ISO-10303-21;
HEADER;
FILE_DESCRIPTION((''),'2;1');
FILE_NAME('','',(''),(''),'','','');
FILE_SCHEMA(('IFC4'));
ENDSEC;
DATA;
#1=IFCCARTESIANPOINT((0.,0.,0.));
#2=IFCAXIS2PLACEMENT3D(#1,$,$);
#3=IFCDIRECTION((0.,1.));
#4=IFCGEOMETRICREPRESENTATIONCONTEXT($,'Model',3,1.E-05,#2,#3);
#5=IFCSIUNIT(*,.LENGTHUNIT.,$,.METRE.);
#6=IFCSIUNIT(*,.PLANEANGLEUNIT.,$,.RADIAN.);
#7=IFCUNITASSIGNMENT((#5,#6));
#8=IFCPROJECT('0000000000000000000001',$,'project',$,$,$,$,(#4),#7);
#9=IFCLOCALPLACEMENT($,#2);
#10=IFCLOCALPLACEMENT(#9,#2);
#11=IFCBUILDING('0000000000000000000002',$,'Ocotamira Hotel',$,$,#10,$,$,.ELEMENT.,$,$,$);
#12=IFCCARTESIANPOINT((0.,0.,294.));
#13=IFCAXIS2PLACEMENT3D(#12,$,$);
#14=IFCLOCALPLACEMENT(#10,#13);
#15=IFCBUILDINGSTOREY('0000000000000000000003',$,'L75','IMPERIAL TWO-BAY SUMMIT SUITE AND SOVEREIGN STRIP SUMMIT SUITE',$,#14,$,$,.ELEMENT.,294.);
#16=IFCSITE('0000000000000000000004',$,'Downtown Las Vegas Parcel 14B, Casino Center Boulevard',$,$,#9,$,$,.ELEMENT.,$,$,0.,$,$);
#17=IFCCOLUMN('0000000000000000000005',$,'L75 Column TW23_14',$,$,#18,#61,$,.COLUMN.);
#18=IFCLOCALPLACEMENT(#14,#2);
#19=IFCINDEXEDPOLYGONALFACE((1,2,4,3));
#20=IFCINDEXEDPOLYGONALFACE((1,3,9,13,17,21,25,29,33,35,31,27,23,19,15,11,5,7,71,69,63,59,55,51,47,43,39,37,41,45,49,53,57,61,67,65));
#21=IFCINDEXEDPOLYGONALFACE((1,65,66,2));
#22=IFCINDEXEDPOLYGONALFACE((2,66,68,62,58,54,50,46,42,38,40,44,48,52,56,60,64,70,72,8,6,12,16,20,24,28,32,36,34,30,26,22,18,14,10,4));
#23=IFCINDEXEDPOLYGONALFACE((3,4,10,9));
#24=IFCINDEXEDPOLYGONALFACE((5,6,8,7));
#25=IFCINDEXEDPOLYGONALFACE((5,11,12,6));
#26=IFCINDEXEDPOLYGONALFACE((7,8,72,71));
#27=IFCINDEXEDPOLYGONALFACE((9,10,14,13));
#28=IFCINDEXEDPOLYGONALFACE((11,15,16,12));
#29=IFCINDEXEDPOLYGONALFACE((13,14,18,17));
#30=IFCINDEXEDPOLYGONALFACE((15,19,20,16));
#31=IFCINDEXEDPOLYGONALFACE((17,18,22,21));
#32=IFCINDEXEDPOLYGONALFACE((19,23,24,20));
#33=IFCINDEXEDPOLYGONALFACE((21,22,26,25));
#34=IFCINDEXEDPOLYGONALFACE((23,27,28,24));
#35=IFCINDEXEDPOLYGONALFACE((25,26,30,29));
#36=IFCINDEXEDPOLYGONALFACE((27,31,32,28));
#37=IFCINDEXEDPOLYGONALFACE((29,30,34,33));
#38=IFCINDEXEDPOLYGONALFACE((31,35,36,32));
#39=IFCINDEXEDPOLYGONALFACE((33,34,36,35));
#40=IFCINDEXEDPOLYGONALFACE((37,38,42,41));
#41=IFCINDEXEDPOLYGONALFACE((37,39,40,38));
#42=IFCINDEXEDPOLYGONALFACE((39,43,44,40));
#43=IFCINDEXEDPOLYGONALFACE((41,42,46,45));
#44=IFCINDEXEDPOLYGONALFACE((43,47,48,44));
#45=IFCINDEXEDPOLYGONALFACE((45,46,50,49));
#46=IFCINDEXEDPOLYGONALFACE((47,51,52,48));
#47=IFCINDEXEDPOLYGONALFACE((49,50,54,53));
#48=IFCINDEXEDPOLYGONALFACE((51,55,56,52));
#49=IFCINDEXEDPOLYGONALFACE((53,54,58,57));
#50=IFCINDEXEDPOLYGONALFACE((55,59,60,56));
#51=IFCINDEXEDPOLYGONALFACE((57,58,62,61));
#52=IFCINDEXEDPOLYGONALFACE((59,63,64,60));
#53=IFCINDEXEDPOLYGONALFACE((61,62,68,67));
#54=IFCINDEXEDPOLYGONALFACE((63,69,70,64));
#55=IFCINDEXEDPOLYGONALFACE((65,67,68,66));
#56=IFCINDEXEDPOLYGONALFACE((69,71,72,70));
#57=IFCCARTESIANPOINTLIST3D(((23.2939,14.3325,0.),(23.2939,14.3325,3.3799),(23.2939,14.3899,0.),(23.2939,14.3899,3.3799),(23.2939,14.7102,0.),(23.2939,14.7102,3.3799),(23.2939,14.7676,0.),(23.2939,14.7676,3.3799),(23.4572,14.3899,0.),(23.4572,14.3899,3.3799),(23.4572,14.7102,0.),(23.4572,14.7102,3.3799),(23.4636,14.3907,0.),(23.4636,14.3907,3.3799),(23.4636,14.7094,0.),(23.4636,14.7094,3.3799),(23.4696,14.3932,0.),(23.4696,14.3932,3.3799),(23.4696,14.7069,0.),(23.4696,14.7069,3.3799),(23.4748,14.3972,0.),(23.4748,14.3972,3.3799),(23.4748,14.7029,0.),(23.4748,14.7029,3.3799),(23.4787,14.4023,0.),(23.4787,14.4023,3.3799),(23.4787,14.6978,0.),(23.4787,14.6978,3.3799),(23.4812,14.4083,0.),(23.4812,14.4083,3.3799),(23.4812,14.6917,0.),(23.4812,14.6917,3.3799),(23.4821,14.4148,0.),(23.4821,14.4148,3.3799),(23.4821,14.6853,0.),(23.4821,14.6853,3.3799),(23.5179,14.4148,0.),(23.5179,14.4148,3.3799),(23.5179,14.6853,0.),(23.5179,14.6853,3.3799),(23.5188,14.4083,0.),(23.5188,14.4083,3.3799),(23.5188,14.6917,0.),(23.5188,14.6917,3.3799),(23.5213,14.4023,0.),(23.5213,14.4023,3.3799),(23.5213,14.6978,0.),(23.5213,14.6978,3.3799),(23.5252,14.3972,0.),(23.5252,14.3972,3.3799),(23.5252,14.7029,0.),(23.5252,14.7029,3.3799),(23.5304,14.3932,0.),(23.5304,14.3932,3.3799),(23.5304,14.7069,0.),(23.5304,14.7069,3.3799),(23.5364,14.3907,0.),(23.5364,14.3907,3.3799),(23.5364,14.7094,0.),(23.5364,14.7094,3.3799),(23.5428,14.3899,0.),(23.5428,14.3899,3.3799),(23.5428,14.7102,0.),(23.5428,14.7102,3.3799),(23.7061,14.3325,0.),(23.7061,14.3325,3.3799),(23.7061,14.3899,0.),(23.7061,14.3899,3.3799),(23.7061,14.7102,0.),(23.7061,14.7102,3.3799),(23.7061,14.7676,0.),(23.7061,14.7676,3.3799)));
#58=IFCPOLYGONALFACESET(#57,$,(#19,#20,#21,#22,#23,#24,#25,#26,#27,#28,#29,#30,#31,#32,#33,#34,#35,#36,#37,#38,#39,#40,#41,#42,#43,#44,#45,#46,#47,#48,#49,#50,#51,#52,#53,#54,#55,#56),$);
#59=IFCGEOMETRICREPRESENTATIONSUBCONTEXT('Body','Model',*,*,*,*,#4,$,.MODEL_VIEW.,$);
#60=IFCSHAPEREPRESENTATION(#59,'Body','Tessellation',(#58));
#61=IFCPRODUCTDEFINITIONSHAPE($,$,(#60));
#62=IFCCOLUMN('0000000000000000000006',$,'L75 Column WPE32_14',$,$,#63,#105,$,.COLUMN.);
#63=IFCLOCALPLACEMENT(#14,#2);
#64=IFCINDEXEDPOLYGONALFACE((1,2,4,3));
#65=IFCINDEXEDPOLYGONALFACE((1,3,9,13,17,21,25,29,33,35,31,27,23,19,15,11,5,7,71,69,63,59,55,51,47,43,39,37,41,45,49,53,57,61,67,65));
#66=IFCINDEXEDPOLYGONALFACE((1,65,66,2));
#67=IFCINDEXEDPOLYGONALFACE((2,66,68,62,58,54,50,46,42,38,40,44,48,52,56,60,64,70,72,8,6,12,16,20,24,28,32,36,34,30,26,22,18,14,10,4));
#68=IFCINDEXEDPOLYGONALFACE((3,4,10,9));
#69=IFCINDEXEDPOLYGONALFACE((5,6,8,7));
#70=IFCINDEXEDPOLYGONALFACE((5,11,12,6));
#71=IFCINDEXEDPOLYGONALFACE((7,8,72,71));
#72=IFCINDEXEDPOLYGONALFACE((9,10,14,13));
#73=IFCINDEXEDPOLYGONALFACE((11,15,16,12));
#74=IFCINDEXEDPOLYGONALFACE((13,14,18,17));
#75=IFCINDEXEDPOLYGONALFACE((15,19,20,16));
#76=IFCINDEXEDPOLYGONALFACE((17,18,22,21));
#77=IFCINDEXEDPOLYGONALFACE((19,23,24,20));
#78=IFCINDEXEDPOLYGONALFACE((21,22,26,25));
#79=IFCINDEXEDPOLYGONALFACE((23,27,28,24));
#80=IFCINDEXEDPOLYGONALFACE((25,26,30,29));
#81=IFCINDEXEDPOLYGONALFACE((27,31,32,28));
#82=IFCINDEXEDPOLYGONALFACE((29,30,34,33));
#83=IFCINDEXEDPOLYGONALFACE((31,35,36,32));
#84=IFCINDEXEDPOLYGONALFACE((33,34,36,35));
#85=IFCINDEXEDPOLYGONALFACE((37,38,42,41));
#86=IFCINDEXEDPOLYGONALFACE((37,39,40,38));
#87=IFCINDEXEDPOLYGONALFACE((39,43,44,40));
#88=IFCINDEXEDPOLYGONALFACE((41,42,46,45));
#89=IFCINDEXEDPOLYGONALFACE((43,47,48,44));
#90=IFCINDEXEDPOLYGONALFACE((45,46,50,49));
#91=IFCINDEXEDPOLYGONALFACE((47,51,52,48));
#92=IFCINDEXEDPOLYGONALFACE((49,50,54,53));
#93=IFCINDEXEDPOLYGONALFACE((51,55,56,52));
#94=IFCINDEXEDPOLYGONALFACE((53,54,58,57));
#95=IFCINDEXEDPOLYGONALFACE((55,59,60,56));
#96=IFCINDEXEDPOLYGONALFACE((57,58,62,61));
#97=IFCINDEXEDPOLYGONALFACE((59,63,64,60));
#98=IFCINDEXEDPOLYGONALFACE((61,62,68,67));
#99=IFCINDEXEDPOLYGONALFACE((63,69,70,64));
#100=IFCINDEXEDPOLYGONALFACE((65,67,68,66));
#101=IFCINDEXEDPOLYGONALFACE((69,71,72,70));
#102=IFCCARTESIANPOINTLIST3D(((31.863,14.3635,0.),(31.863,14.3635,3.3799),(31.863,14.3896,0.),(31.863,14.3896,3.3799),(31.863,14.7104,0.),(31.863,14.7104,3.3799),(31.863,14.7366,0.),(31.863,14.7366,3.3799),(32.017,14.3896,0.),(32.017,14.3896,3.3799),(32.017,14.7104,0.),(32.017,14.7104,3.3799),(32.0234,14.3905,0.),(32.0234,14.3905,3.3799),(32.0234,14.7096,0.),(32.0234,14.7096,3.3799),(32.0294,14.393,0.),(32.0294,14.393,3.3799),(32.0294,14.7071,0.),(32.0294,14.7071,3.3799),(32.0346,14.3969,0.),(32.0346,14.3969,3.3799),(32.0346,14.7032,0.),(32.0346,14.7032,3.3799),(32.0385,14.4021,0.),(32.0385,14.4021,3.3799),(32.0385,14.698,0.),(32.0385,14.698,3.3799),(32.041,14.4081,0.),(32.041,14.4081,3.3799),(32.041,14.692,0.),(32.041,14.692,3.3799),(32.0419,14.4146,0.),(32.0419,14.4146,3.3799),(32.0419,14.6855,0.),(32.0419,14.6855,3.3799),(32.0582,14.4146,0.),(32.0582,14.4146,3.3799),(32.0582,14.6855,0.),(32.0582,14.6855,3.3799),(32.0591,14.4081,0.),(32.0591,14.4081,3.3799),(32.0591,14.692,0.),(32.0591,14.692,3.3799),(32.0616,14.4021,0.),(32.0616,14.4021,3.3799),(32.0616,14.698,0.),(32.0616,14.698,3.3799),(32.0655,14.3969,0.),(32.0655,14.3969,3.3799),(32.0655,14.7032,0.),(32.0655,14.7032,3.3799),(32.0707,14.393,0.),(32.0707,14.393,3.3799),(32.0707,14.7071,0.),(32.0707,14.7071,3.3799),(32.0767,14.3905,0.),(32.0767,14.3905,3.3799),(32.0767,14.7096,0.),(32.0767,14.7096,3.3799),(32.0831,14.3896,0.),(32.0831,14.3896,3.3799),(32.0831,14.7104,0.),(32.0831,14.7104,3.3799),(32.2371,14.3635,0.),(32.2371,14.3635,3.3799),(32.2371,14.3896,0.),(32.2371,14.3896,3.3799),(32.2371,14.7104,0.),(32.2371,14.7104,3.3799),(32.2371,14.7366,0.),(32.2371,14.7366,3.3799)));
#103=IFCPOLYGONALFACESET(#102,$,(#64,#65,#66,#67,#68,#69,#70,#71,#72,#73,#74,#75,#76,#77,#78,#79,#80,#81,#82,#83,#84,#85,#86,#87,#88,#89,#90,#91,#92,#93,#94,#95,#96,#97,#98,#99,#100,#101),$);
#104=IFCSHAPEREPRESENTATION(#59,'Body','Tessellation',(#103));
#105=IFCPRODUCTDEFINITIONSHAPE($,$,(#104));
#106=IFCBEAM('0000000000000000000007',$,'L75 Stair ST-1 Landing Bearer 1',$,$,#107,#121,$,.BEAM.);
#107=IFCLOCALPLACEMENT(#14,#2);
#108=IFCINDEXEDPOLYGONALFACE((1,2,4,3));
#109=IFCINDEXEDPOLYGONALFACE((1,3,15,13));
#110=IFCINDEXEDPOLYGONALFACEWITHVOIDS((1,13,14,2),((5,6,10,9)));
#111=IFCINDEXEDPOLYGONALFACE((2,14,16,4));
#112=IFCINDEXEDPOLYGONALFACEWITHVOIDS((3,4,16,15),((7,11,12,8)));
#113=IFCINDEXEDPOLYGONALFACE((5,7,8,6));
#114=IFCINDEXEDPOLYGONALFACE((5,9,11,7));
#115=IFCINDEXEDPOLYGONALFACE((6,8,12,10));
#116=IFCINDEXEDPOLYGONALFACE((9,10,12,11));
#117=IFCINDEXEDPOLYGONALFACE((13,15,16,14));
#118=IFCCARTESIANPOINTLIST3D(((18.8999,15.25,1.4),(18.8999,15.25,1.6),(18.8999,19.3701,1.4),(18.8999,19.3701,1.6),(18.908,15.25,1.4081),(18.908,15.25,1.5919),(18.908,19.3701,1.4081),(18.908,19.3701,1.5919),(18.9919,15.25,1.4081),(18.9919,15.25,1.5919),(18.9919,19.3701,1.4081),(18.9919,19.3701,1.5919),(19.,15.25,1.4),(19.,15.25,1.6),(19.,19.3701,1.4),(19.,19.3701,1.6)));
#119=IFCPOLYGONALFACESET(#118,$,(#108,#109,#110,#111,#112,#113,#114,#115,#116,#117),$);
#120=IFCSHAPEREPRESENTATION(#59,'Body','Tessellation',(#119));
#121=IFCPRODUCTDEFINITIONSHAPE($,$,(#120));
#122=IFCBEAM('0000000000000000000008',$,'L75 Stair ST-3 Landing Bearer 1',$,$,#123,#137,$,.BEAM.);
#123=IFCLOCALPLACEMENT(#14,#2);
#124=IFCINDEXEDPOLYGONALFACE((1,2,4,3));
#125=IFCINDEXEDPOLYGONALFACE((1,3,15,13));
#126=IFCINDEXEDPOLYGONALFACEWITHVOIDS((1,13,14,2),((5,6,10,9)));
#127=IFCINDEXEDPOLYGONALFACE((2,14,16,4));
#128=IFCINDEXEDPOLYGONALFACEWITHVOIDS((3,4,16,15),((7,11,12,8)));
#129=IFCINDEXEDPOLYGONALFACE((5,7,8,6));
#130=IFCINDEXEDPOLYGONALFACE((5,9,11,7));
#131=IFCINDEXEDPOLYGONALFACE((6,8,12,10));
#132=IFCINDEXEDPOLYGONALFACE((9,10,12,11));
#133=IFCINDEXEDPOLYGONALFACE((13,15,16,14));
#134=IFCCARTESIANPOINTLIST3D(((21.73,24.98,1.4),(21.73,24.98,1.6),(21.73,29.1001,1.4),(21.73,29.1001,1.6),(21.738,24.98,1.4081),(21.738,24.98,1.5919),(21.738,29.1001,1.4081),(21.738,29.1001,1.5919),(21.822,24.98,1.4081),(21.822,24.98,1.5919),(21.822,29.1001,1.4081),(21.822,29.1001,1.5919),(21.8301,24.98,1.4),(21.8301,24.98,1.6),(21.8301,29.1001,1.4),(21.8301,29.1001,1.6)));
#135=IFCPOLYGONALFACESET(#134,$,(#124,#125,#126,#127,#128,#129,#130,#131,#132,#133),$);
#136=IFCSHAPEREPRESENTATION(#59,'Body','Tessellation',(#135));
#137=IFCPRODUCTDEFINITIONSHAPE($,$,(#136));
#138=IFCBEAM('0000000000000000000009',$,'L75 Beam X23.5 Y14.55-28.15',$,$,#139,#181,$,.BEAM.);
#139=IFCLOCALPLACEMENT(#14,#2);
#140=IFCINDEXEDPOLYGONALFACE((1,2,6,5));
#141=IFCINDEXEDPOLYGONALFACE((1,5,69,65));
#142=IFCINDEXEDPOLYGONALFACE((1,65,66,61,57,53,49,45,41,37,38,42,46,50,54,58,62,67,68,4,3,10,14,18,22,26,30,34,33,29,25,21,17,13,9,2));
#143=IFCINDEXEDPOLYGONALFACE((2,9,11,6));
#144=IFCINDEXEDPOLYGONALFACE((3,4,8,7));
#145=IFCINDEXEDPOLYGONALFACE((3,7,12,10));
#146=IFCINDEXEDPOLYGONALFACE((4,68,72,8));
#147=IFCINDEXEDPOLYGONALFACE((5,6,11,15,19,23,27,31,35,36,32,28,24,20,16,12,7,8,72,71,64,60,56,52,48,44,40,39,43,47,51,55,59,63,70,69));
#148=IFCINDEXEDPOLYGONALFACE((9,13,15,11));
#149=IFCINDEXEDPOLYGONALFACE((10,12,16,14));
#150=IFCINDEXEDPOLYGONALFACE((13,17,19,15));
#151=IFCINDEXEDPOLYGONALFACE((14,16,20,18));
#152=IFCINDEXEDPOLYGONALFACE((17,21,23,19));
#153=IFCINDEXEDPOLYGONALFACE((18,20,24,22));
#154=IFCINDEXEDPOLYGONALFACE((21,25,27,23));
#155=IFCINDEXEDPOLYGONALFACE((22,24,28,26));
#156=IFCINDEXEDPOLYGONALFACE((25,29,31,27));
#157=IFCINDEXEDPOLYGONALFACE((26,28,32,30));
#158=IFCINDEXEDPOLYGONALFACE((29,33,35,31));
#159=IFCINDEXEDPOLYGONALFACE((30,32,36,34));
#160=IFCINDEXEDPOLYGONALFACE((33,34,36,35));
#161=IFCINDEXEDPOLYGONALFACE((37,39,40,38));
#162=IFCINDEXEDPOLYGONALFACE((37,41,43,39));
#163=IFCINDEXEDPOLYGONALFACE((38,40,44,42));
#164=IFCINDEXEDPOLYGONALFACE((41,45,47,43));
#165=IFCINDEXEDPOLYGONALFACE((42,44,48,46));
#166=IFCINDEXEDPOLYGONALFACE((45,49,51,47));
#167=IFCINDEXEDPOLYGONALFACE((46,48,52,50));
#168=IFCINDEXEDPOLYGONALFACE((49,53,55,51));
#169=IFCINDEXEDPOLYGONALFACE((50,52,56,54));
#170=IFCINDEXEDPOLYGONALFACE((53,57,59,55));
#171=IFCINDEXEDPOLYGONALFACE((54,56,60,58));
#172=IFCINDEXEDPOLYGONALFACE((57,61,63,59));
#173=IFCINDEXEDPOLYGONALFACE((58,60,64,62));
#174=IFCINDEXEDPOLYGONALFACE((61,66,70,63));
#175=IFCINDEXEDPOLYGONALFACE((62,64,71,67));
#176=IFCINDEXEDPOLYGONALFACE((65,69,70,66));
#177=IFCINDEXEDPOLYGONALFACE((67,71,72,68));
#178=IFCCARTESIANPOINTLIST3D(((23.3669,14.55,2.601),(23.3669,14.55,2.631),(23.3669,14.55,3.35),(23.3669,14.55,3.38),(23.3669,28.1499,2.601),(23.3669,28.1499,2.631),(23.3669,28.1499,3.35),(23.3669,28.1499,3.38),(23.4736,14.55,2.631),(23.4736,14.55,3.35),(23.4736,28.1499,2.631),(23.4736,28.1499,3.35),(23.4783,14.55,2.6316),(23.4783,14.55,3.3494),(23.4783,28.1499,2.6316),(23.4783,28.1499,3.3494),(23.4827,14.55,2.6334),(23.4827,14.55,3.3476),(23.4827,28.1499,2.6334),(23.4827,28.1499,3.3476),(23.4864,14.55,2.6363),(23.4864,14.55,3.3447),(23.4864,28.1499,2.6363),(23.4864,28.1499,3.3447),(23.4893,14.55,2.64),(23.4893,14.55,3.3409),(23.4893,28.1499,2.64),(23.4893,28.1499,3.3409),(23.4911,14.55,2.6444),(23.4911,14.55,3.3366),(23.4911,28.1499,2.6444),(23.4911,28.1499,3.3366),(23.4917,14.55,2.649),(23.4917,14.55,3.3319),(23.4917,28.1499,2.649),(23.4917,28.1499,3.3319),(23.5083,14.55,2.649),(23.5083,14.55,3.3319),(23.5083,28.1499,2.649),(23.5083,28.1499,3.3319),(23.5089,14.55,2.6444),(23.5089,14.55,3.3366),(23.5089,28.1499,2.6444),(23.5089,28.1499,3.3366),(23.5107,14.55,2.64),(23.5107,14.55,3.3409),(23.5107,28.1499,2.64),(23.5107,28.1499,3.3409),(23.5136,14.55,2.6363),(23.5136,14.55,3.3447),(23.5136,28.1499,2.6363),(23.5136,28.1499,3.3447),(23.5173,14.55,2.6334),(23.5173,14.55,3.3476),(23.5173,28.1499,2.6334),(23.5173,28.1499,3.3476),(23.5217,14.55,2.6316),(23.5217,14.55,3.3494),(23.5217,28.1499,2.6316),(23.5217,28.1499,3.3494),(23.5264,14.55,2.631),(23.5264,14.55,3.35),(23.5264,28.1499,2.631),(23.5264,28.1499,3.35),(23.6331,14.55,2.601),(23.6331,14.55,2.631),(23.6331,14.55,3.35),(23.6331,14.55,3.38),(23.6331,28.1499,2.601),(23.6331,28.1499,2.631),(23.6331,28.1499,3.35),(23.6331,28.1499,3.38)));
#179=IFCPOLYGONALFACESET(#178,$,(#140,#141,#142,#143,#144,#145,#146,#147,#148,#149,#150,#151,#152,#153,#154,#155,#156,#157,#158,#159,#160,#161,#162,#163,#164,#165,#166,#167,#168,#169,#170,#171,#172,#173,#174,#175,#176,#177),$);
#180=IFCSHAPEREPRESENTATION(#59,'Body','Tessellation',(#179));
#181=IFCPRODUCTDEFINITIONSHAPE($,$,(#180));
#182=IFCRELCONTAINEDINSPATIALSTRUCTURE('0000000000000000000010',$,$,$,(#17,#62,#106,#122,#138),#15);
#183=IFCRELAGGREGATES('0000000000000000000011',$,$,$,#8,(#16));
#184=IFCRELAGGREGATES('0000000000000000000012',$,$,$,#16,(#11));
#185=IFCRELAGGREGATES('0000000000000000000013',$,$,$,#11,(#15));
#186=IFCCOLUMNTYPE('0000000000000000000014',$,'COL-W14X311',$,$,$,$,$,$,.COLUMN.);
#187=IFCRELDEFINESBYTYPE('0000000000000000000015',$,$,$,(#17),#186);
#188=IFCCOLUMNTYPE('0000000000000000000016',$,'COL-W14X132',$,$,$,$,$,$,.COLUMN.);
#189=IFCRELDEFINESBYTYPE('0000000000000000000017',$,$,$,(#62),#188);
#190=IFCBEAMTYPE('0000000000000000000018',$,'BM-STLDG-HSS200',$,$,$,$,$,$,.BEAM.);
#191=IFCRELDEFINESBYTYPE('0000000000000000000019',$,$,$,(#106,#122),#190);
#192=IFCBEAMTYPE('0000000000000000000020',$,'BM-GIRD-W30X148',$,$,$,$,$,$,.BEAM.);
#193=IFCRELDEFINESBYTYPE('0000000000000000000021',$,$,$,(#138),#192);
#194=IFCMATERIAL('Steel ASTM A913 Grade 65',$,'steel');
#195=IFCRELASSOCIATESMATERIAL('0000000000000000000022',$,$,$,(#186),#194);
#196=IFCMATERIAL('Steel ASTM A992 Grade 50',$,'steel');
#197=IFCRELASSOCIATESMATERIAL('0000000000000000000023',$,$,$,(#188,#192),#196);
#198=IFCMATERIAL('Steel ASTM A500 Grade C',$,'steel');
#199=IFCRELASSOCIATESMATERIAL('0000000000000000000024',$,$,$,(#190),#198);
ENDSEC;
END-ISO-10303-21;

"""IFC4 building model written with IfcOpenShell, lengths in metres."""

from ifc_helpers import new_model, si_unit, direction, frame, origin, origin_2d, place, context, subcontext, project, spatial, hollow_rectangle, i_section, extrude, source, transform, mapped, material, material_profile, profile_set, type_object, element, save


model = new_model("IFC4")

# Units and contexts
model_context = context("Model", 3, precision=1e-05, world=origin(), true_north=direction((0.0, 1.0)))
body_context = subcontext(model_context, "Body", "Model", "MODEL_VIEW")
ifc_project = project(units=[si_unit("LENGTHUNIT", "METRE"), si_unit("PLANEANGLEUNIT", "RADIAN")], contexts=[model_context])

# Site, building, storey
site_placement = place(None, origin())
site = spatial("IfcSite", under=ifc_project, at=site_placement, Name="Downtown Las Vegas Parcel 14B, Casino Center Boulevard", CompositionType="ELEMENT", RefElevation=0.0)
building_placement = place(site_placement, origin())
building = spatial("IfcBuilding", under=site, at=building_placement, Name="Ocotamira Hotel", CompositionType="ELEMENT")
storey_placement = place(building_placement, frame((0.0, 0.0, 294.0)))
storey = spatial("IfcBuildingStorey", under=building, at=storey_placement, Name="L75", Description="IMPERIAL TWO-BAY SUMMIT SUITE AND SOVEREIGN STRIP SUMMIT SUITE", CompositionType="ELEMENT", Elevation=294.0)

# Columns
ifc_material_1 = material(Name="Steel ASTM A913 Grade 65", Category="steel")
ifc_material_profile_1 = material_profile(ifc_material_1, i_section(OverallWidth=0.4121, OverallDepth=0.4351, WebThickness=0.0359, FlangeThickness=0.0574, FilletRadius=0.0249, at=origin_2d()), Name="W14X311")
ifc_profile_set_1 = profile_set([ifc_material_profile_1], Name="Steel ASTM A913 Grade 65")
column_type_1 = type_object("IfcColumnType", Name="COL-W14X311", PredefinedType="COLUMN", material=ifc_profile_set_1)
shared_shape_1 = source(origin(), body_context, "Body", "SweptSolid", [
    extrude(i_section(OverallWidth=0.4121, OverallDepth=0.4351, WebThickness=0.0359, FlangeThickness=0.0574, FilletRadius=0.0249, at=origin_2d()), origin(), (0.0, 0.0, 1.0), 3.3799),
])
column_1_placement = place(storey_placement, frame((23.5, 14.55, 0.0), z_axis=(0.0, 0.0, 1.0), x_axis=(1.0, 0.0, 0.0)))
element("IfcColumn", 1, at=column_1_placement, inside=storey, type_object=column_type_1, Name="L75 Column TW23_14", PredefinedType="COLUMN", context=body_context, shape_type="MappedRepresentation", body=[
    mapped(shared_shape_1, transform((0.0, 0.0, 0.0), scale=1.0)),
])
ifc_material_2 = material(Name="Steel ASTM A992 Grade 50", Category="steel")
ifc_material_profile_2 = material_profile(ifc_material_2, i_section(OverallWidth=0.374, OverallDepth=0.373, WebThickness=0.0164, FlangeThickness=0.0261, FilletRadius=0.0249, at=origin_2d()), Name="W14X132")
ifc_profile_set_2 = profile_set([ifc_material_profile_2], Name="Steel ASTM A992 Grade 50")
column_type_2 = type_object("IfcColumnType", Name="COL-W14X132", PredefinedType="COLUMN", material=ifc_profile_set_2)
shared_shape_2 = source(origin(), body_context, "Body", "SweptSolid", [
    extrude(i_section(OverallWidth=0.374, OverallDepth=0.373, WebThickness=0.0164, FlangeThickness=0.0261, FilletRadius=0.0249, at=origin_2d()), origin(), (0.0, 0.0, 1.0), 3.3799),
])
column_2_placement = place(storey_placement, frame((32.05, 14.55, 0.0), z_axis=(0.0, 0.0, 1.0), x_axis=(1.0, 0.0, 0.0)))
element("IfcColumn", 2, at=column_2_placement, inside=storey, type_object=column_type_2, Name="L75 Column WPE32_14", PredefinedType="COLUMN", context=body_context, shape_type="MappedRepresentation", body=[
    mapped(shared_shape_2, transform((0.0, 0.0, 0.0), scale=1.0)),
])

# Beams
ifc_material_3 = material(Name="Steel ASTM A500 Grade C", Category="steel")
ifc_material_profile_3 = material_profile(ifc_material_3, hollow_rectangle(XDim=0.1001, YDim=0.2, WallThickness=0.0081, at=origin_2d()), Name="HSS200X100X8")
ifc_profile_set_3 = profile_set([ifc_material_profile_3], Name="Steel ASTM A500 Grade C")
beam_type_1 = type_object("IfcBeamType", Name="BM-STLDG-HSS200", PredefinedType="BEAM", material=ifc_profile_set_3)
shared_shape_3 = source(origin(), body_context, "Body", "SweptSolid", [
    extrude(hollow_rectangle(XDim=0.1001, YDim=0.2, WallThickness=0.0081, at=origin_2d()), origin(), (0.0, 0.0, 1.0), 4.1201),
])
for number, where, z_axis, x_axis, name in (
    (3, (18.95, 15.25, 1.5), (0.0, 1.0, 0.0), (-1.0, 0.0, 0.0), "L75 Stair ST-1 Landing Bearer 1"),
    (4, (21.78, 24.98, 1.5), (0.0, 1.0, 0.0), (-1.0, 0.0, 0.0), "L75 Stair ST-3 Landing Bearer 1"),
):
    element("IfcBeam", number, at=place(storey_placement, frame(where, z_axis=z_axis, x_axis=x_axis)), inside=storey, type_object=beam_type_1, Name=name, PredefinedType="BEAM", context=body_context, shape_type="MappedRepresentation", body=[
        mapped(shared_shape_3, transform((0.0, 0.0, 0.0), scale=1.0)),
    ])
ifc_material_profile_4 = material_profile(ifc_material_2, i_section(OverallWidth=0.2661, OverallDepth=0.7791, WebThickness=0.0166, FlangeThickness=0.03, FilletRadius=0.0181, at=origin_2d()), Name="W30X148")
ifc_profile_set_4 = profile_set([ifc_material_profile_4], Name="Steel ASTM A992 Grade 50")
beam_type_2 = type_object("IfcBeamType", Name="BM-GIRD-W30X148", PredefinedType="BEAM", material=ifc_profile_set_4)
shared_shape_4 = source(origin(), body_context, "Body", "SweptSolid", [
    extrude(i_section(OverallWidth=0.2661, OverallDepth=0.7791, WebThickness=0.0166, FlangeThickness=0.03, FilletRadius=0.0181, at=origin_2d()), origin(), (0.0, 0.0, 1.0), 13.5999),
])
for number, where, z_axis, x_axis, name in (
    (5, (23.5, 14.55, 2.9905), (0.0, 1.0, 0.0), (-1.0, 0.0, 0.0), "L75 Beam X23.5 Y14.55-28.15"),
):
    element("IfcBeam", number, at=place(storey_placement, frame(where, z_axis=z_axis, x_axis=x_axis)), inside=storey, type_object=beam_type_2, Name=name, PredefinedType="BEAM", context=body_context, shape_type="MappedRepresentation", body=[
        mapped(shared_shape_4, transform((0.0, 0.0, 0.0), scale=1.0)),
    ])

save(model, "model.ifc")
